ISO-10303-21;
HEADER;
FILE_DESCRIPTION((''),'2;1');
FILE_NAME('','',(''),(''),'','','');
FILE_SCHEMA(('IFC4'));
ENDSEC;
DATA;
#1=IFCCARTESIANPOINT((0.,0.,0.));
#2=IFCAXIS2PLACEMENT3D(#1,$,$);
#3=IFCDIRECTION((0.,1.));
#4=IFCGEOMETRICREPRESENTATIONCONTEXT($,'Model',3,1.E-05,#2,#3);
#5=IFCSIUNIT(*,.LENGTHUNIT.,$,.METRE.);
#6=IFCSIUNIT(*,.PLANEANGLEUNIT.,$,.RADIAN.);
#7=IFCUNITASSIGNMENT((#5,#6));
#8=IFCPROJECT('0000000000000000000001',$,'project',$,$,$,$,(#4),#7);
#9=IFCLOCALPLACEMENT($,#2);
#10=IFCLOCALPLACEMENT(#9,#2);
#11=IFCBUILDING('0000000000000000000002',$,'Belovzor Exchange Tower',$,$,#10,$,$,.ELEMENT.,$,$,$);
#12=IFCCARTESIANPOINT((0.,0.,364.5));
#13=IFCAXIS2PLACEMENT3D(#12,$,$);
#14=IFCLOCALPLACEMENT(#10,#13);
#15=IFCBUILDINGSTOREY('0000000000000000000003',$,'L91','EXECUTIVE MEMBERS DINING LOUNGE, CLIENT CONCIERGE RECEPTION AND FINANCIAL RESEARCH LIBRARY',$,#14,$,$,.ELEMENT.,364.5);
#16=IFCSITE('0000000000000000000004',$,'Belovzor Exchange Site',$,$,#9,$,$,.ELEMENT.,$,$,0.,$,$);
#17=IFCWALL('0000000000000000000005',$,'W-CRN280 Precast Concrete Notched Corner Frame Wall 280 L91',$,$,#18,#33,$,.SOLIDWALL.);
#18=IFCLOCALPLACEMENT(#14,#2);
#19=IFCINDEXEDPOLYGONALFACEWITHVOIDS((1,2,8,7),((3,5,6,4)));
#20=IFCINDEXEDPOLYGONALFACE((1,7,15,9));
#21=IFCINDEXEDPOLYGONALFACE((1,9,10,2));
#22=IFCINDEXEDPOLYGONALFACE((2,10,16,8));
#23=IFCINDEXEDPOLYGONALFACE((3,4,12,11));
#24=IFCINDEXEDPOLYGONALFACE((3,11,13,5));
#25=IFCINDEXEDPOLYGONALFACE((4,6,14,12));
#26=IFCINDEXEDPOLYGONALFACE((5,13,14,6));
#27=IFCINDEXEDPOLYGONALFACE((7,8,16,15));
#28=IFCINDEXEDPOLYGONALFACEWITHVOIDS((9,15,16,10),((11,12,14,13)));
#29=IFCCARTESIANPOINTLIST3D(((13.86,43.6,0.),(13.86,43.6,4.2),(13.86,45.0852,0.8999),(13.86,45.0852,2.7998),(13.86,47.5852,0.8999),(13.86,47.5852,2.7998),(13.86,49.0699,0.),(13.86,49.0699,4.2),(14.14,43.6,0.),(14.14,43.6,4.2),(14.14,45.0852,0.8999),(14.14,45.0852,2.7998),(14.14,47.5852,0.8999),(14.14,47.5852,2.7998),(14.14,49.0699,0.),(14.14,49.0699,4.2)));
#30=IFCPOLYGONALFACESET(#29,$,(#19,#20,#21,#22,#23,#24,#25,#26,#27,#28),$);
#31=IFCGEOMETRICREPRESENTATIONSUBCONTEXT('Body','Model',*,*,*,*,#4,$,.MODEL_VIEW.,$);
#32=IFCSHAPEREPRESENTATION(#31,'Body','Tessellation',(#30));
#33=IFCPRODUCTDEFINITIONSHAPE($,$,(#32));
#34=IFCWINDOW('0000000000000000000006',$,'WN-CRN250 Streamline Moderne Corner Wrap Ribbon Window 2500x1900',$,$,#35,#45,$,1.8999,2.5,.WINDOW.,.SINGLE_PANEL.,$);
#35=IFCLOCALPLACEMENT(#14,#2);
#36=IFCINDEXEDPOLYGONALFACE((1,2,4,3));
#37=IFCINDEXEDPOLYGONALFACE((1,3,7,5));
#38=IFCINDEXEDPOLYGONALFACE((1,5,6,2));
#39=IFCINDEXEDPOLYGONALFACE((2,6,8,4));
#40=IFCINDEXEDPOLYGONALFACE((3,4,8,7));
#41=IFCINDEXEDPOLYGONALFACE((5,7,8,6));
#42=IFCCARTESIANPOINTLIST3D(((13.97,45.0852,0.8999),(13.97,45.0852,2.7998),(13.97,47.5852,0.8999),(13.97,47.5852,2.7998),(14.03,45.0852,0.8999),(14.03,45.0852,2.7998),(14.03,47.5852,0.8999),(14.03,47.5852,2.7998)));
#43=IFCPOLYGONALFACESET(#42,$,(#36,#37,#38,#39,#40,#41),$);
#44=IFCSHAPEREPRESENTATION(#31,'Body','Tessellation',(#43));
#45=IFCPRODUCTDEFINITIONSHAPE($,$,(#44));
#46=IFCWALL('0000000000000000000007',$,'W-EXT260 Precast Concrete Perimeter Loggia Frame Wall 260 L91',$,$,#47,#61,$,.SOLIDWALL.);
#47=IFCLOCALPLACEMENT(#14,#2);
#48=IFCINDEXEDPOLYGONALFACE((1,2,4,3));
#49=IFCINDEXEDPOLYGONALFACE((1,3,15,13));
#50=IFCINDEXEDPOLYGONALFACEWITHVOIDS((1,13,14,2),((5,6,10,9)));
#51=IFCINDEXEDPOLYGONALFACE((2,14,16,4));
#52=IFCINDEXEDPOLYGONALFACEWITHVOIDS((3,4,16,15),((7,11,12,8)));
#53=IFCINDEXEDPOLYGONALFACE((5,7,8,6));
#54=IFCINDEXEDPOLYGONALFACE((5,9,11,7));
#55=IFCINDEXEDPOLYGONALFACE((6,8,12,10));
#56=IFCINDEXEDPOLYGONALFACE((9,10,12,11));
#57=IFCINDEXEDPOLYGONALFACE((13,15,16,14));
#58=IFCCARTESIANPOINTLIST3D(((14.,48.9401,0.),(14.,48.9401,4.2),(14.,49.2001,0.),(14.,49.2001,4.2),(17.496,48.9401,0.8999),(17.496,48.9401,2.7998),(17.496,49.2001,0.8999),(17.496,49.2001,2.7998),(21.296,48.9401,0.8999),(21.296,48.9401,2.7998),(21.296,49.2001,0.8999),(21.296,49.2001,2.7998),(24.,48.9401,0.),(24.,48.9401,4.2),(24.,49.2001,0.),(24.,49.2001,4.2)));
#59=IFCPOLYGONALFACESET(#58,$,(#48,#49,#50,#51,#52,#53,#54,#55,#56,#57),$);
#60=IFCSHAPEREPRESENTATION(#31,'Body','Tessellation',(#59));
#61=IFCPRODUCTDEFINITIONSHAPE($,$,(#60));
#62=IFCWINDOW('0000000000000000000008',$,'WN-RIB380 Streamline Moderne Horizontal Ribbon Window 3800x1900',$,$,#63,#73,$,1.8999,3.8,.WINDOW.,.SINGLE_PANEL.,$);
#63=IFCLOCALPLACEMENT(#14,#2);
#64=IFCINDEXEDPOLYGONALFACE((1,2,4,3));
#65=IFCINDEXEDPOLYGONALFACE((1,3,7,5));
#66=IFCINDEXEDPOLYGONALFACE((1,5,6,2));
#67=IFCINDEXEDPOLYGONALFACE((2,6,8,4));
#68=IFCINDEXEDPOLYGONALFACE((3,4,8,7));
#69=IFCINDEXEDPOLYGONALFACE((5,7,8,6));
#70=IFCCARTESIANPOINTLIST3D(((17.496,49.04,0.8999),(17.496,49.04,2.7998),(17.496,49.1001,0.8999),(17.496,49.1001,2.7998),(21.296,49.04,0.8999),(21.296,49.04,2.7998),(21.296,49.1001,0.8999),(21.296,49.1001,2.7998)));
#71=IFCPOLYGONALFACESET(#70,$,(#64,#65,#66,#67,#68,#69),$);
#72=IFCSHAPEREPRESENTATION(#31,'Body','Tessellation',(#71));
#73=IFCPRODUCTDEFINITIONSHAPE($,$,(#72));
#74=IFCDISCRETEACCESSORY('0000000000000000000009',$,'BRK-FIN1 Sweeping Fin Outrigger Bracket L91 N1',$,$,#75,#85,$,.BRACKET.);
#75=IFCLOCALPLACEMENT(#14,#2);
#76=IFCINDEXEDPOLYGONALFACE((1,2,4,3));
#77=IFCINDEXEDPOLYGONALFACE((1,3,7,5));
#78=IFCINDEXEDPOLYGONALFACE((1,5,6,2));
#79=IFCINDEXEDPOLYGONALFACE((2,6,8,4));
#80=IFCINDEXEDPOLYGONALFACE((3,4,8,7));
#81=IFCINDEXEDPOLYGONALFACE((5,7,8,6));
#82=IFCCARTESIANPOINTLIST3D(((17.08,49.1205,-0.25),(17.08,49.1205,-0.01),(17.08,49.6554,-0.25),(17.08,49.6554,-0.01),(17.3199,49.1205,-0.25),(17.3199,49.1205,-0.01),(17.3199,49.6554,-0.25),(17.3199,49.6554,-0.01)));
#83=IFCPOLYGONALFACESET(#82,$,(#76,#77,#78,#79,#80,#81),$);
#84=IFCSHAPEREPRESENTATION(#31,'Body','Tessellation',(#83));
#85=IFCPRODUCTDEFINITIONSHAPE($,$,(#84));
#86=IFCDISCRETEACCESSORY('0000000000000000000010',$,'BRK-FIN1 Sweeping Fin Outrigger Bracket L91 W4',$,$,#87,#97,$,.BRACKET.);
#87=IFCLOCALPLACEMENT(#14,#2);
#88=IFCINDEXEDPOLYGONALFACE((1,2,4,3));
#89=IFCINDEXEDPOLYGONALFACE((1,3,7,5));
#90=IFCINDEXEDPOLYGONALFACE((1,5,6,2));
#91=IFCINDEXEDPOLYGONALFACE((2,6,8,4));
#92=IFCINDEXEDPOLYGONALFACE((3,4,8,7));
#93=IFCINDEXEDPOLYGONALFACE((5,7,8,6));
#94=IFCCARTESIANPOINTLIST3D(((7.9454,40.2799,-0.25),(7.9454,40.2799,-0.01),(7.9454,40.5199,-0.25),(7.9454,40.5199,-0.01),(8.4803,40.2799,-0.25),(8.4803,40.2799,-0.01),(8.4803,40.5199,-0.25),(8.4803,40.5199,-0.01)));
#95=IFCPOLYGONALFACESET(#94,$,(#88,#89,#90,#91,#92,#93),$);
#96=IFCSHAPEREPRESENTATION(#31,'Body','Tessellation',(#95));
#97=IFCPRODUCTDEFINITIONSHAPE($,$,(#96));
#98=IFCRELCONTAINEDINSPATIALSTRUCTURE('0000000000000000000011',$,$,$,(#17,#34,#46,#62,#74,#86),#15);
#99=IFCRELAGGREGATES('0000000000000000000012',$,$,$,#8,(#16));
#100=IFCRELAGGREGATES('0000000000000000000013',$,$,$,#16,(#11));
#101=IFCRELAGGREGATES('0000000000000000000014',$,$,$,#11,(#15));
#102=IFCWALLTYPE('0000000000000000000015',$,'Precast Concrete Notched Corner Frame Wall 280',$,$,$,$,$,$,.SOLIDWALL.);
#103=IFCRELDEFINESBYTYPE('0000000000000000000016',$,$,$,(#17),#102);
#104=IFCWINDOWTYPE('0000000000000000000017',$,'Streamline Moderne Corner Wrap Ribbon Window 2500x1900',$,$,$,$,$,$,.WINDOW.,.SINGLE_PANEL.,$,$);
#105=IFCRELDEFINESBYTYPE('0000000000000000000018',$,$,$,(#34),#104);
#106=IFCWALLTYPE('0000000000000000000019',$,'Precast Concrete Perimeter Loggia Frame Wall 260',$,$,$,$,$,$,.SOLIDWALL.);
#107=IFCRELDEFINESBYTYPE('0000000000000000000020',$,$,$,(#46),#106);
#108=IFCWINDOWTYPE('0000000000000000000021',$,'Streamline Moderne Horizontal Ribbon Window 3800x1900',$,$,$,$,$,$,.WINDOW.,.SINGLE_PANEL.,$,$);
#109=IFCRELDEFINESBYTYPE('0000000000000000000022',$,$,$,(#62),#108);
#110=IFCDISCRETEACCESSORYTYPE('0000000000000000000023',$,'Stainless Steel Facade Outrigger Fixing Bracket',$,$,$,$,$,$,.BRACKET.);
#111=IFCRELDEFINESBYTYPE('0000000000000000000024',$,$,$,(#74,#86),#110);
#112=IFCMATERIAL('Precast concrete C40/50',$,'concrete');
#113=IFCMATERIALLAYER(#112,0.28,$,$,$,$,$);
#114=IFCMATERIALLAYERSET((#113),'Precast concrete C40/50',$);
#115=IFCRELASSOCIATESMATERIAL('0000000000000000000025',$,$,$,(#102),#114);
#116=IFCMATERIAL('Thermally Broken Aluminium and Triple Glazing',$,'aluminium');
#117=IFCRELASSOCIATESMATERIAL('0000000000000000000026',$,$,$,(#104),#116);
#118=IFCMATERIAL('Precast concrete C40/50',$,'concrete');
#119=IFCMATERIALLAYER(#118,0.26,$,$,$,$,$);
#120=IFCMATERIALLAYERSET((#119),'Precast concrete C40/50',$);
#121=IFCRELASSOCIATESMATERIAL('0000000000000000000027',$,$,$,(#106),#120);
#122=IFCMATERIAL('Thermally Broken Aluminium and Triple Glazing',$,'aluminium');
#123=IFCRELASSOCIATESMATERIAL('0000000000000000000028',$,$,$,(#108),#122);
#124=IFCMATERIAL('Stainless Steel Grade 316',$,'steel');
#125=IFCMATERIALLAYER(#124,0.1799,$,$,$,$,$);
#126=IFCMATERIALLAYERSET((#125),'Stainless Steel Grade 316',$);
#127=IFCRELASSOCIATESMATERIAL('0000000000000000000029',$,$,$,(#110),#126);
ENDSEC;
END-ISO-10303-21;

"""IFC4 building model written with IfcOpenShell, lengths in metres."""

from ifc_helpers import new_model, si_unit, direction, frame, frame_2d, origin, origin_2d, place, context, subcontext, project, spatial, rectangle, extrude, material, layer, layer_set, type_object, element, fill, save


model = new_model("IFC4")

# Units and contexts
model_context = context("Model", 3, precision=1e-05, world=origin(), true_north=direction((0.0, 1.0)))
body_context = subcontext(model_context, "Body", "Model", "MODEL_VIEW")
ifc_project = project(units=[si_unit("LENGTHUNIT", "METRE"), si_unit("PLANEANGLEUNIT", "RADIAN")], contexts=[model_context])

# Site, building, storey
site_placement = place(None, origin())
site = spatial("IfcSite", under=ifc_project, at=site_placement, Name="Belovzor Exchange Site", CompositionType="ELEMENT", RefElevation=0.0)
building_placement = place(site_placement, origin())
building = spatial("IfcBuilding", under=site, at=building_placement, Name="Belovzor Exchange Tower", CompositionType="ELEMENT")
storey_placement = place(building_placement, frame((0.0, 0.0, 364.5)))
storey = spatial("IfcBuildingStorey", under=building, at=storey_placement, Name="L91", Description="EXECUTIVE MEMBERS DINING LOUNGE, CLIENT CONCIERGE RECEPTION AND FINANCIAL RESEARCH LIBRARY", CompositionType="ELEMENT", Elevation=364.5)

# Walls, openings, windows
ifc_material_1 = material(Name="Precast concrete C40/50", Category="concrete")
ifc_layer_1 = layer(ifc_material_1, 0.28)
ifc_layer_set_1 = layer_set([ifc_layer_1], Name="Precast concrete C40/50")
wall_type_1 = type_object("IfcWallType", Name="Precast Concrete Notched Corner Frame Wall 280", PredefinedType="SOLIDWALL", material=ifc_layer_set_1)
ifc_material_2 = material(Name="Thermally Broken Aluminium and Triple Glazing", Category="aluminium")
window_type_1 = type_object("IfcWindowType", Name="Streamline Moderne Corner Wrap Ribbon Window 2500x1900", PartitioningType="SINGLE_PANEL", PredefinedType="WINDOW", material=ifc_material_2)
wall_1_placement = place(storey_placement, frame((14.0, 43.6001, 0.0), z_axis=(0.0, 0.0, 1.0), x_axis=(0.0, 1.0, 0.0)))
wall_1 = element("IfcWall", 1, at=wall_1_placement, inside=storey, type_object=wall_type_1, Name="W-CRN280 Precast Concrete Notched Corner Frame Wall 280 L91", PredefinedType="SOLIDWALL", context=body_context, shape_type="SweptSolid", body=[
    extrude(rectangle(XDim=5.47, YDim=0.28, at=frame_2d((2.7349, 0.0))), origin(), (0.0, 0.0, 1.0), 4.2),
])
opening_1_placement = place(wall_1_placement, frame((1.4851, 0.0, 0.8999)))
opening_1 = element("IfcOpeningElement", 2, at=opening_1_placement, cuts=wall_1, PredefinedType="OPENING", context=body_context, shape_type="SweptSolid", body=[
    extrude(rectangle(XDim=2.5, YDim=1.8999, at=frame_2d((1.25, 0.95))), frame((0.0, 0.1499, 0.0), z_axis=(0.0, -1.0, 0.0), x_axis=(1.0, 0.0, 0.0)), (0.0, 0.0, 1.0), 0.3),
])
window_1_placement = place(opening_1_placement, origin())
window_1 = element("IfcWindow", 3, at=window_1_placement, inside=storey, type_object=window_type_1, Name="WN-CRN250 Streamline Moderne Corner Wrap Ribbon Window 2500x1900", OverallHeight=1.8999, OverallWidth=2.5, PartitioningType="SINGLE_PANEL", PredefinedType="WINDOW", context=body_context, shape_type="SweptSolid", body=[
    extrude(rectangle(XDim=2.5, YDim=1.8999, at=frame_2d((1.25, 0.95))), frame((0.0, 0.03, 0.0), z_axis=(0.0, -1.0, 0.0), x_axis=(1.0, 0.0, 0.0)), (0.0, 0.0, 1.0), 0.0601),
])
fill(opening_1, window_1)
ifc_material_3 = material(Name="Precast concrete C40/50", Category="concrete")
ifc_layer_2 = layer(ifc_material_3, 0.26)
ifc_layer_set_2 = layer_set([ifc_layer_2], Name="Precast concrete C40/50")
wall_type_2 = type_object("IfcWallType", Name="Precast Concrete Perimeter Loggia Frame Wall 260", PredefinedType="SOLIDWALL", material=ifc_layer_set_2)
wall_2_placement = place(storey_placement, frame((14.0, 49.0701, 0.0), z_axis=(0.0, 0.0, 1.0), x_axis=(1.0, 0.0, 0.0)))
wall_2 = element("IfcWall", 4, at=wall_2_placement, inside=storey, type_object=wall_type_2, Name="W-EXT260 Precast Concrete Perimeter Loggia Frame Wall 260 L91", PredefinedType="SOLIDWALL", context=body_context, shape_type="SweptSolid", body=[
    extrude(rectangle(XDim=10.0, YDim=0.26, at=frame_2d((5.0, 0.0))), origin(), (0.0, 0.0, 1.0), 4.2),
])
opening_2_placement = place(wall_2_placement, frame((3.4961, 0.0, 0.8999)))
opening_2 = element("IfcOpeningElement", 5, at=opening_2_placement, cuts=wall_2, PredefinedType="OPENING", context=body_context, shape_type="SweptSolid", body=[
    extrude(rectangle(XDim=3.8, YDim=1.8999, at=frame_2d((1.8999, 0.95))), frame((0.0, 0.1399, 0.0), z_axis=(0.0, -1.0, 0.0), x_axis=(1.0, 0.0, 0.0)), (0.0, 0.0, 1.0), 0.28),
])
ifc_material_4 = material(Name="Thermally Broken Aluminium and Triple Glazing", Category="aluminium")
window_type_2 = type_object("IfcWindowType", Name="Streamline Moderne Horizontal Ribbon Window 3800x1900", PartitioningType="SINGLE_PANEL", PredefinedType="WINDOW", material=ifc_material_4)
window_2_placement = place(opening_2_placement, origin())
window_2 = element("IfcWindow", 6, at=window_2_placement, inside=storey, type_object=window_type_2, Name="WN-RIB380 Streamline Moderne Horizontal Ribbon Window 3800x1900", OverallHeight=1.8999, OverallWidth=3.8, PartitioningType="SINGLE_PANEL", PredefinedType="WINDOW", context=body_context, shape_type="SweptSolid", body=[
    extrude(rectangle(XDim=3.8, YDim=1.8999, at=frame_2d((1.8999, 0.95))), frame((0.0, 0.03, 0.0), z_axis=(0.0, -1.0, 0.0), x_axis=(1.0, 0.0, 0.0)), (0.0, 0.0, 1.0), 0.0601),
])
fill(opening_2, window_2)

# Discrete accessories
ifc_material_5 = material(Name="Stainless Steel Grade 316", Category="steel")
ifc_layer_3 = layer(ifc_material_5, 0.1799)
ifc_layer_set_3 = layer_set([ifc_layer_3], Name="Stainless Steel Grade 316")
discrete_accessory_type = type_object("IfcDiscreteAccessoryType", Name="Stainless Steel Facade Outrigger Fixing Bracket", PredefinedType="BRACKET", material=ifc_layer_set_3)
for number, where, z_axis, x_axis, name in (
    (7, (17.2, 49.3879, -0.25), (0.0, 0.0, 1.0), (0.0, 1.0, 0.0), "BRK-FIN1 Sweeping Fin Outrigger Bracket L91 N1"),
    (8, (8.2129, 40.3999, -0.25), (0.0, 0.0, 1.0), (1.0, 0.0, 0.0), "BRK-FIN1 Sweeping Fin Outrigger Bracket L91 W4"),
):
    element("IfcDiscreteAccessory", number, at=place(storey_placement, frame(where, z_axis=z_axis, x_axis=x_axis)), inside=storey, type_object=discrete_accessory_type, Name=name, PredefinedType="BRACKET", context=body_context, shape_type="SweptSolid", body=[
        extrude(rectangle(XDim=0.5349, YDim=0.24, at=origin_2d()), origin(), (0.0, 0.0, 1.0), 0.24),
    ])

save(model, "model.ifc")
